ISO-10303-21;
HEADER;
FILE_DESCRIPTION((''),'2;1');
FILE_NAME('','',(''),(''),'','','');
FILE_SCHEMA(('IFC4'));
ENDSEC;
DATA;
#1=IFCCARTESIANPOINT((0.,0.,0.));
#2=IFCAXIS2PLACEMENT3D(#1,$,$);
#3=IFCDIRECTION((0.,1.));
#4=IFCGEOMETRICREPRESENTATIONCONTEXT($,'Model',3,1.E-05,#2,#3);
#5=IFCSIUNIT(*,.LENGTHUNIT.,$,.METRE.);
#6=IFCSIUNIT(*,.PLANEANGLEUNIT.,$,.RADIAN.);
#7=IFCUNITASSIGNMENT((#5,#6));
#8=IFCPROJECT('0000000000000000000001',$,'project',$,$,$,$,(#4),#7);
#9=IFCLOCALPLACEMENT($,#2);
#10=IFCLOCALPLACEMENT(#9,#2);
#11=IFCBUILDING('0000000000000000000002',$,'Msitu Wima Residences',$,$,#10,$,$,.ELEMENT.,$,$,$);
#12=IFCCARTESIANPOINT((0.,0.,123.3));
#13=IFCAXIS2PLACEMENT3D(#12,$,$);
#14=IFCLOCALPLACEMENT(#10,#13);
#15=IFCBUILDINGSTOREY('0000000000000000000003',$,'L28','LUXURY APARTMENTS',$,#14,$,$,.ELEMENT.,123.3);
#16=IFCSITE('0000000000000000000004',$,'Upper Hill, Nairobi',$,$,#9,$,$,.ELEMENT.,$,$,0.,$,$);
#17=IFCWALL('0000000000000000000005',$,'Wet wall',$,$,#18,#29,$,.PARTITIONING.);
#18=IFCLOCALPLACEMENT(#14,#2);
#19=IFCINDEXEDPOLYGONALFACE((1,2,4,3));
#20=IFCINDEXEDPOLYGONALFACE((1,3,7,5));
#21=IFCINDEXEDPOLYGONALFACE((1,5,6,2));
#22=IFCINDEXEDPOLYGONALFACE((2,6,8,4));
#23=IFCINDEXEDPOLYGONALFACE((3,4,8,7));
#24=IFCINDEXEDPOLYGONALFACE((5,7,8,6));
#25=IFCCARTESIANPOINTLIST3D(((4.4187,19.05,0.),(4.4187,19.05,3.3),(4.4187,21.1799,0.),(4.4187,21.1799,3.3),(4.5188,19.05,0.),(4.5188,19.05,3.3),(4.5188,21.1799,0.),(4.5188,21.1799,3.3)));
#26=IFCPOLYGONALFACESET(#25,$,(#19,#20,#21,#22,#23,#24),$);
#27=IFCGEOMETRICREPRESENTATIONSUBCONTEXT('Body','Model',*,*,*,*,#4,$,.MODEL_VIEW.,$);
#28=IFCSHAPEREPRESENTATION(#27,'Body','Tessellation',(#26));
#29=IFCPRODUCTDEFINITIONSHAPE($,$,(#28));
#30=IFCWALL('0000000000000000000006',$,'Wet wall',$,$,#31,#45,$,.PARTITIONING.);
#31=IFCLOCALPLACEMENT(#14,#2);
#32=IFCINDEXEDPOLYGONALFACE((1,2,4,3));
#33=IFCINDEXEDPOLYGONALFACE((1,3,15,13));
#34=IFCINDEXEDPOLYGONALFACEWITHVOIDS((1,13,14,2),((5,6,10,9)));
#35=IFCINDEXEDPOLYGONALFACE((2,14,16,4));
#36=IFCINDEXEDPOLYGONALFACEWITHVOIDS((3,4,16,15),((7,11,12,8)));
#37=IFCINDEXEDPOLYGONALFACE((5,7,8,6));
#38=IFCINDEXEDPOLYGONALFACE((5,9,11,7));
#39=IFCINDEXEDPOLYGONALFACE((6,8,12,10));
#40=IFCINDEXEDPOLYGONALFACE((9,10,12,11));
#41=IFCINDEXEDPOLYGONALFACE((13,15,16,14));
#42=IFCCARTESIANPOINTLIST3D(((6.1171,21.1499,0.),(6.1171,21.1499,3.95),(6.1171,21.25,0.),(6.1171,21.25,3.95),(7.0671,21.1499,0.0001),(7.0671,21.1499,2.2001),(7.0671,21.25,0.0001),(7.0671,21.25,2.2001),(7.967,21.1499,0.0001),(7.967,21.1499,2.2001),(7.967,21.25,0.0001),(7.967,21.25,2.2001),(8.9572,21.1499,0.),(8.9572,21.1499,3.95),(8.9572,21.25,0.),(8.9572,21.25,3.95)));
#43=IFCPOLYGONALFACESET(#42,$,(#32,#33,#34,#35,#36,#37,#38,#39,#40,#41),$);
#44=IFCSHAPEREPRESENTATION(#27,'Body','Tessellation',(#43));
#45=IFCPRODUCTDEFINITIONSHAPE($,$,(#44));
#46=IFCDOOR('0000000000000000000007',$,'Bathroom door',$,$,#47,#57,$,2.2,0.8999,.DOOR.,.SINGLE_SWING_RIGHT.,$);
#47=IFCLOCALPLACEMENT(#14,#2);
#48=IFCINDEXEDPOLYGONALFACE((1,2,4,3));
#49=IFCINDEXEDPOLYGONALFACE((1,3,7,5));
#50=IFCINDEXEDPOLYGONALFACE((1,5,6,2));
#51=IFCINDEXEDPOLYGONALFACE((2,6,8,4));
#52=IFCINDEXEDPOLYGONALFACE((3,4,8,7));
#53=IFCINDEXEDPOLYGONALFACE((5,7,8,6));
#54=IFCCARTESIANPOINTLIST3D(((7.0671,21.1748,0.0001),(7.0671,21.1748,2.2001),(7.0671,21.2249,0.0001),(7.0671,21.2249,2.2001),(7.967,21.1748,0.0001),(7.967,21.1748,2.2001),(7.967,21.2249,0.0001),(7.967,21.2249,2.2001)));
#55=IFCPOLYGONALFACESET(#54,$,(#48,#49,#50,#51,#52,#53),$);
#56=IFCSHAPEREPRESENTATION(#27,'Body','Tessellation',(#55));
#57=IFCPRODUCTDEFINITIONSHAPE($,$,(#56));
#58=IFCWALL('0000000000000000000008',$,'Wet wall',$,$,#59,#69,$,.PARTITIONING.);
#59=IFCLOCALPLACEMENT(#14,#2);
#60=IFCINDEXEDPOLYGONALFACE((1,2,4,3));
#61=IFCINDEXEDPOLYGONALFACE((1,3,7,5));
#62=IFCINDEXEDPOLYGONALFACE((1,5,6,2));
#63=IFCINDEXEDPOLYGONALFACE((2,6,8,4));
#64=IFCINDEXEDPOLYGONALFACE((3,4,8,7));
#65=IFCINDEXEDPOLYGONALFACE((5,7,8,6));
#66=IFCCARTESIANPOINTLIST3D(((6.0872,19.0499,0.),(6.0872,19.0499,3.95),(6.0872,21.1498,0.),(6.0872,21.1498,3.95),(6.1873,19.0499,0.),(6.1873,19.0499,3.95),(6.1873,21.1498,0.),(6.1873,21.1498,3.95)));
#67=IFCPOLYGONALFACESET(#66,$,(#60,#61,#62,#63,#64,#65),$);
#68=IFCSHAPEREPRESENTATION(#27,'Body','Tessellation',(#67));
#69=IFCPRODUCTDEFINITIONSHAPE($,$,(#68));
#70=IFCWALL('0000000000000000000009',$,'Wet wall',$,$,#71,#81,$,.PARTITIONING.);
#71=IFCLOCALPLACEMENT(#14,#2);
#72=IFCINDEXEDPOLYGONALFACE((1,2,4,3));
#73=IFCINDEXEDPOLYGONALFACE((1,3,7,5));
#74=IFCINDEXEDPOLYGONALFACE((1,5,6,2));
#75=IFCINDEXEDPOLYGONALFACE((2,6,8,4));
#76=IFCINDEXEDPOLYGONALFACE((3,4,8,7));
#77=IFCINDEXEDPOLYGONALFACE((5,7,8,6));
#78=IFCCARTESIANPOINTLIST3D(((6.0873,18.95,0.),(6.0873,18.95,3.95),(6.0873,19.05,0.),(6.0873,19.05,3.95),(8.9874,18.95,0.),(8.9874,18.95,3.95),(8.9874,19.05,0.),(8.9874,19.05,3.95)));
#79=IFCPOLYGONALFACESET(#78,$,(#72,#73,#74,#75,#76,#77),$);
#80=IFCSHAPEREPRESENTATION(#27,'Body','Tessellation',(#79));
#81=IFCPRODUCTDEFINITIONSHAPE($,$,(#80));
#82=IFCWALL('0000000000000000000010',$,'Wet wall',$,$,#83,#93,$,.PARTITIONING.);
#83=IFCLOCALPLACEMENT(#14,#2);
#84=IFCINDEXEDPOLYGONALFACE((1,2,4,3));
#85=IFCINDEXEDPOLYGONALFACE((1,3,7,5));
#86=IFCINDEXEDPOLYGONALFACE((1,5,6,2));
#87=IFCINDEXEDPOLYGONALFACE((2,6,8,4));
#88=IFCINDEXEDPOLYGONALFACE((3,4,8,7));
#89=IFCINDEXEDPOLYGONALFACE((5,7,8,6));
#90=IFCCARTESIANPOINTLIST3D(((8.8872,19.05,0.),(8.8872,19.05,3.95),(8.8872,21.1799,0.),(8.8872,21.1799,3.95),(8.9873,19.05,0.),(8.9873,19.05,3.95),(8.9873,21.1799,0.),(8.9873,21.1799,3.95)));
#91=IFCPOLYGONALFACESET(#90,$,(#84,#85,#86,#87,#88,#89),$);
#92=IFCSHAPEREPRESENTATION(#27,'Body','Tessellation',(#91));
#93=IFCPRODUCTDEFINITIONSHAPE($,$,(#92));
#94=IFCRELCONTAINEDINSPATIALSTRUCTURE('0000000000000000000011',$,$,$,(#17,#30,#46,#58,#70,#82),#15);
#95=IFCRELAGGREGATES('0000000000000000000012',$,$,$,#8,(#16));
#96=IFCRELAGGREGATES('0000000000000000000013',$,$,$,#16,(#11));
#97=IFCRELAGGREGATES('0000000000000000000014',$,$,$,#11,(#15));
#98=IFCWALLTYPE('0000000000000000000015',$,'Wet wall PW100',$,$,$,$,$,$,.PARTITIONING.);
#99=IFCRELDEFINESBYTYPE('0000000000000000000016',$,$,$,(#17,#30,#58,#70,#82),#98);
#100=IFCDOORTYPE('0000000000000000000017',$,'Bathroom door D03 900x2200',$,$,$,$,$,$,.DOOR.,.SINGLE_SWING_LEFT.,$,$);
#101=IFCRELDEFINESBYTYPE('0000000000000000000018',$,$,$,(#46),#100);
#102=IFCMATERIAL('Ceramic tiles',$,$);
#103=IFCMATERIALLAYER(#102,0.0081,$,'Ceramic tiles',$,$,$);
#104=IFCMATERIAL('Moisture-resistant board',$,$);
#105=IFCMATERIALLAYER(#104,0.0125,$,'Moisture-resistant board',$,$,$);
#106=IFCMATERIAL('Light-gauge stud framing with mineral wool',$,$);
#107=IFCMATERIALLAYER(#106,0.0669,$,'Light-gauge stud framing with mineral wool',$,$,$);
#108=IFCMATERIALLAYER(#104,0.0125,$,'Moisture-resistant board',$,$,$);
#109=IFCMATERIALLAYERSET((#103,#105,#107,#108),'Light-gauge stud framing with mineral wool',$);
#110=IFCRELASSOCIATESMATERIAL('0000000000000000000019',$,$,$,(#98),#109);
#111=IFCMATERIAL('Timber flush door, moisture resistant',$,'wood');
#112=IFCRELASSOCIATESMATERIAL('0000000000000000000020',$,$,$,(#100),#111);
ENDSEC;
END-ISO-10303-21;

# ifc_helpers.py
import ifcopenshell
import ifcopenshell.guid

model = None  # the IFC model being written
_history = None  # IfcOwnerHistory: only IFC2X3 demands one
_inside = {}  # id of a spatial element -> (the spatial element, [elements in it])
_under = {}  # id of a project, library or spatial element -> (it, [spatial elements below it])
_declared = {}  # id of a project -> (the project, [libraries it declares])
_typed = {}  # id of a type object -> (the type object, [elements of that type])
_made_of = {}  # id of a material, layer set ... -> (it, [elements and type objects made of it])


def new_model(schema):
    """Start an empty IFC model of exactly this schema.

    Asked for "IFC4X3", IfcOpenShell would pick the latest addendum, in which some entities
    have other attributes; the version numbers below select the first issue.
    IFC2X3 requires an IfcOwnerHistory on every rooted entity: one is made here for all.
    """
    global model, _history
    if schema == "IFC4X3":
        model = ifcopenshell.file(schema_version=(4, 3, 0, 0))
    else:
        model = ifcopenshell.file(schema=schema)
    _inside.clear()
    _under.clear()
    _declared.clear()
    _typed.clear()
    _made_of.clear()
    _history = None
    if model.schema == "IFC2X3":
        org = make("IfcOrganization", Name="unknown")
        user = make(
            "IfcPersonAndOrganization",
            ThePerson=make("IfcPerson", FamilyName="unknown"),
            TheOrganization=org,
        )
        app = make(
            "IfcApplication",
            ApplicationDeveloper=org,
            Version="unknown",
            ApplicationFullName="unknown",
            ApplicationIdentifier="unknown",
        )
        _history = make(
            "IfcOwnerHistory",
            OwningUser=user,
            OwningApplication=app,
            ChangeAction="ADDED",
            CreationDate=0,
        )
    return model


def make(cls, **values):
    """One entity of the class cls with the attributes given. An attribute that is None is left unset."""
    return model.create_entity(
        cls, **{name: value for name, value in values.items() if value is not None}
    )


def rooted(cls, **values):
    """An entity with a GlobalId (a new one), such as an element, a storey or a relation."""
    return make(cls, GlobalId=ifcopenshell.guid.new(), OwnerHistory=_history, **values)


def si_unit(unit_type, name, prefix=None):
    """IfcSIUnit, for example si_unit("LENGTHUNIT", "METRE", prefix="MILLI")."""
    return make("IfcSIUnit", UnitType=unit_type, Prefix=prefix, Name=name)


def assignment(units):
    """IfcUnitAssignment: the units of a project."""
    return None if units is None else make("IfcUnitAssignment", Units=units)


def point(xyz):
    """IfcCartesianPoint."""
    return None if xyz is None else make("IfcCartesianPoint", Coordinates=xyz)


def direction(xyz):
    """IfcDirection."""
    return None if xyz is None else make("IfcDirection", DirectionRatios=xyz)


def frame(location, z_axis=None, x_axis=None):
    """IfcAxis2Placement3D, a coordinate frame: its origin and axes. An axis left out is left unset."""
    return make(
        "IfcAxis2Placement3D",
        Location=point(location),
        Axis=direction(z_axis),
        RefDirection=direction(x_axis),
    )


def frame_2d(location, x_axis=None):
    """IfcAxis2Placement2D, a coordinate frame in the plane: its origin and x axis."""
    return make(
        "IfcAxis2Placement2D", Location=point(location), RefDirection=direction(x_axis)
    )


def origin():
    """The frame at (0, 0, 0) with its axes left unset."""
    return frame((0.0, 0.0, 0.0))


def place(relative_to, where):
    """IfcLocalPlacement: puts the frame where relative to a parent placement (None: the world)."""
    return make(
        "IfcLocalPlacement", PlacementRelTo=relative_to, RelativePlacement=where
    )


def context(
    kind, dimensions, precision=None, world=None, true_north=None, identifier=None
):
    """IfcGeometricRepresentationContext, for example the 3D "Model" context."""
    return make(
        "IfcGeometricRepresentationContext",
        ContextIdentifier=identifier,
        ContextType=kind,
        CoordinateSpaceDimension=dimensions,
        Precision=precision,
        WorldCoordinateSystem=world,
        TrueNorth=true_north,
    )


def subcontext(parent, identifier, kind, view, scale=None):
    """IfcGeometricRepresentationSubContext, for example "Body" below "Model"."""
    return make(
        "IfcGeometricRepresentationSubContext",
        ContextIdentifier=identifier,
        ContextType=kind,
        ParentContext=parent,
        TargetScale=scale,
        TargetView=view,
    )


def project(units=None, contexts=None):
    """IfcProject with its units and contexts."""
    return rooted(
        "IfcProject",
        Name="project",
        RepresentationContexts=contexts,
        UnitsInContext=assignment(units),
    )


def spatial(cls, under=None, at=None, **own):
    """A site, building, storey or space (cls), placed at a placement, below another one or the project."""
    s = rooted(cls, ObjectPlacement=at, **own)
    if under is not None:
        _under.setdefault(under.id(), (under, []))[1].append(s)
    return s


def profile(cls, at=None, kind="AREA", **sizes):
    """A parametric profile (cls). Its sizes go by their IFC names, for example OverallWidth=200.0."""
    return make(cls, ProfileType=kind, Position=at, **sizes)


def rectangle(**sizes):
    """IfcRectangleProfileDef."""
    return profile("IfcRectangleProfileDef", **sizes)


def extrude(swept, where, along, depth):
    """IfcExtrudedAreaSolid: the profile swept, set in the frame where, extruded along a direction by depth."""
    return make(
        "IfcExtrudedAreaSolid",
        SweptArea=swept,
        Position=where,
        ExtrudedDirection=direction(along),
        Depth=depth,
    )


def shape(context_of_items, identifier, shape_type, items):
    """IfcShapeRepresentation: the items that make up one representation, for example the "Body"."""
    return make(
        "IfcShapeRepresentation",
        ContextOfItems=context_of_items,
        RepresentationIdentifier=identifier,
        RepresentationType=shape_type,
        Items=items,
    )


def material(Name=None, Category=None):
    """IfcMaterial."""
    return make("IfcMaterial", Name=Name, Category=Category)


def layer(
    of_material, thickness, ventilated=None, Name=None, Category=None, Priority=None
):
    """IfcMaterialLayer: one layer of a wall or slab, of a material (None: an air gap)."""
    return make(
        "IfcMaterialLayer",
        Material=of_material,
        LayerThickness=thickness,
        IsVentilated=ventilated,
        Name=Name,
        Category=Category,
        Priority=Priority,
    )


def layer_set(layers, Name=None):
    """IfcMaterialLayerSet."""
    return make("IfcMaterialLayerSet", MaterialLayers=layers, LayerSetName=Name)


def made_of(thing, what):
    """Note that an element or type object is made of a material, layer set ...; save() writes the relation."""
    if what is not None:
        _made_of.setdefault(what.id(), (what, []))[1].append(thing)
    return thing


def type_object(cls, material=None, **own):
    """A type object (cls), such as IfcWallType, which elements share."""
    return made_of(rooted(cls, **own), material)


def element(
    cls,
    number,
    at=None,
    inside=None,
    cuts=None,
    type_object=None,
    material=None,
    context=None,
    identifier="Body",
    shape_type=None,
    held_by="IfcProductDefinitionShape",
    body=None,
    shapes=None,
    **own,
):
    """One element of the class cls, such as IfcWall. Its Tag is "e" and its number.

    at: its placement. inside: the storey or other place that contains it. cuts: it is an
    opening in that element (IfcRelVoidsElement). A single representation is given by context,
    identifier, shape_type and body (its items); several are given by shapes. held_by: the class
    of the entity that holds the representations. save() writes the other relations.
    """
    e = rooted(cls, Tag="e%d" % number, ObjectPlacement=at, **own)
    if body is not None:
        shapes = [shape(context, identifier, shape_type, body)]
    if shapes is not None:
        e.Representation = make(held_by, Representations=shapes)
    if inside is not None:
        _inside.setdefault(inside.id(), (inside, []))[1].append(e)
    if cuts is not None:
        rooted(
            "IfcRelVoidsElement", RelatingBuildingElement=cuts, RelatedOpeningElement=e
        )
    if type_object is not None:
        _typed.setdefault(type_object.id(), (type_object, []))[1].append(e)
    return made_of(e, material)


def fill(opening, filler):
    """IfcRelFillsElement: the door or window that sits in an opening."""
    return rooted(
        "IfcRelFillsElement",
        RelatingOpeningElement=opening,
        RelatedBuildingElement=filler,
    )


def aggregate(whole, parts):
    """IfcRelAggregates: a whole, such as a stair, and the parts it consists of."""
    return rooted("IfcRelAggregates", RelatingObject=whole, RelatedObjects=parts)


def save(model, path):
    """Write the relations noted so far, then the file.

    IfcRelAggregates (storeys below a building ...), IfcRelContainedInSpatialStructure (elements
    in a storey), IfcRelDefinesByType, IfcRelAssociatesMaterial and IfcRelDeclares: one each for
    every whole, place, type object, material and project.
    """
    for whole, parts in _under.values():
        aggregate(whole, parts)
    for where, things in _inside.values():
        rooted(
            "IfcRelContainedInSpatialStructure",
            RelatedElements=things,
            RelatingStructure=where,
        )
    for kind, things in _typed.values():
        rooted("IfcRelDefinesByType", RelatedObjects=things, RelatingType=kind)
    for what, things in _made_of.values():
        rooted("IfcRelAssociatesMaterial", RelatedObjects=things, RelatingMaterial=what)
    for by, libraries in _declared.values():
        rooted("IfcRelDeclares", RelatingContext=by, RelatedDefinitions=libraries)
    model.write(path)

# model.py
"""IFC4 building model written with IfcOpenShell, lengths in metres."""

from ifc_helpers import new_model, si_unit, direction, frame, frame_2d, origin, place, context, subcontext, project, spatial, rectangle, extrude, material, layer, layer_set, type_object, element, fill, save


model = new_model("IFC4")

# Units and contexts
model_context = context("Model", 3, precision=1e-05, world=origin(), true_north=direction((0.0, 1.0)))
body_context = subcontext(model_context, "Body", "Model", "MODEL_VIEW")
ifc_project = project(units=[si_unit("LENGTHUNIT", "METRE"), si_unit("PLANEANGLEUNIT", "RADIAN")], contexts=[model_context])

# Site, building, storey
site_placement = place(None, origin())
site = spatial("IfcSite", under=ifc_project, at=site_placement, Name="Upper Hill, Nairobi", CompositionType="ELEMENT", RefElevation=0.0)
building_placement = place(site_placement, origin())
building = spatial("IfcBuilding", under=site, at=building_placement, Name="Msitu Wima Residences", CompositionType="ELEMENT")
storey_placement = place(building_placement, frame((0.0, 0.0, 123.3)))
storey = spatial("IfcBuildingStorey", under=building, at=storey_placement, Name="L28", Description="LUXURY APARTMENTS", CompositionType="ELEMENT", Elevation=123.3)

# Shared definitions
ifc_material_1 = material(Name="Ceramic tiles")
ifc_layer_1 = layer(ifc_material_1, 0.0081, Name="Ceramic tiles")
ifc_material_2 = material(Name="Moisture-resistant board")
ifc_layer_2 = layer(ifc_material_2, 0.0125, Name="Moisture-resistant board")
ifc_material_3 = material(Name="Light-gauge stud framing with mineral wool")
ifc_layer_3 = layer(ifc_material_3, 0.0669, Name="Light-gauge stud framing with mineral wool")
ifc_layer_4 = layer(ifc_material_2, 0.0125, Name="Moisture-resistant board")
ifc_layer_set_1 = layer_set([ifc_layer_1, ifc_layer_2, ifc_layer_3, ifc_layer_4], Name="Light-gauge stud framing with mineral wool")
wall_type_1 = type_object("IfcWallType", Name="Wet wall PW100", PredefinedType="PARTITIONING", material=ifc_layer_set_1)
ifc_material_4 = material(Name="Timber flush door, moisture resistant", Category="wood")
door_type_1 = type_object("IfcDoorType", Name="Bathroom door D03 900x2200", OperationType="SINGLE_SWING_LEFT", PredefinedType="DOOR", material=ifc_material_4)

# Wall
wall_1_placement = place(storey_placement, frame((4.4688, 19.05, 0.0), z_axis=(0.0, 0.0, 1.0), x_axis=(0.0, 1.0, 0.0)))
element("IfcWall", 1, at=wall_1_placement, inside=storey, type_object=wall_type_1, Name="Wet wall", PredefinedType="PARTITIONING", context=body_context, shape_type="SweptSolid", body=[
    extrude(rectangle(XDim=2.1299, YDim=0.1001, at=frame_2d((1.0649, 0.0))), origin(), (0.0, 0.0, 1.0), 3.3),
])

# Wall, opening, door
wall_2_placement = place(storey_placement, frame((6.1172, 21.2, 0.0), z_axis=(0.0, 0.0, 1.0), x_axis=(1.0, 0.0, 0.0)))
wall_2 = element("IfcWall", 2, at=wall_2_placement, inside=storey, type_object=wall_type_1, Name="Wet wall", PredefinedType="PARTITIONING", context=body_context, shape_type="SweptSolid", body=[
    extrude(rectangle(XDim=2.8401, YDim=0.1001, at=frame_2d((1.4199, 0.0))), origin(), (0.0, 0.0, 1.0), 3.95),
])
opening_1_placement = place(wall_2_placement, frame((0.95, 0.0, 0.0)))
opening_1 = element("IfcOpeningElement", 3, at=opening_1_placement, cuts=wall_2, PredefinedType="OPENING", context=body_context, shape_type="SweptSolid", body=[
    extrude(rectangle(XDim=0.8999, YDim=2.2, at=frame_2d((0.45, 1.1001))), frame((0.0, 0.0601, 0.0), z_axis=(0.0, -1.0, 0.0), x_axis=(1.0, 0.0, 0.0)), (0.0, 0.0, 1.0), 0.1201),
])
door_1_placement = place(opening_1_placement, origin())
door_1 = element("IfcDoor", 4, at=door_1_placement, inside=storey, type_object=door_type_1, Name="Bathroom door", OperationType="SINGLE_SWING_RIGHT", OverallHeight=2.2, OverallWidth=0.8999, PredefinedType="DOOR", context=body_context, shape_type="SweptSolid", body=[
    extrude(rectangle(XDim=0.8999, YDim=2.2, at=frame_2d((0.45, 1.1001))), frame((0.0, 0.0249, 0.0), z_axis=(0.0, -1.0, 0.0), x_axis=(1.0, 0.0, 0.0)), (0.0, 0.0, 1.0), 0.05),
])
fill(opening_1, door_1)

# Walls
wall_3_placement = place(storey_placement, frame((6.1372, 19.05, 0.0), z_axis=(0.0, 0.0, 1.0), x_axis=(0.0, 1.0, 0.0)))
element("IfcWall", 5, at=wall_3_placement, inside=storey, type_object=wall_type_1, Name="Wet wall", PredefinedType="PARTITIONING", context=body_context, shape_type="SweptSolid", body=[
    extrude(rectangle(XDim=2.0999, YDim=0.1001, at=frame_2d((1.0498, 0.0))), origin(), (0.0, 0.0, 1.0), 3.95),
])
wall_4_placement = place(storey_placement, frame((6.0872, 19.0, 0.0), z_axis=(0.0, 0.0, 1.0), x_axis=(1.0, 0.0, 0.0)))
element("IfcWall", 6, at=wall_4_placement, inside=storey, type_object=wall_type_1, Name="Wet wall", PredefinedType="PARTITIONING", context=body_context, shape_type="SweptSolid", body=[
    extrude(rectangle(XDim=2.9001, YDim=0.1001, at=frame_2d((1.4502, 0.0))), origin(), (0.0, 0.0, 1.0), 3.95),
])
wall_5_placement = place(storey_placement, frame((8.9373, 19.05, 0.0), z_axis=(0.0, 0.0, 1.0), x_axis=(0.0, 1.0, 0.0)))
element("IfcWall", 7, at=wall_5_placement, inside=storey, type_object=wall_type_1, Name="Wet wall", PredefinedType="PARTITIONING", context=body_context, shape_type="SweptSolid", body=[
    extrude(rectangle(XDim=2.1299, YDim=0.1001, at=frame_2d((1.0649, 0.0))), origin(), (0.0, 0.0, 1.0), 3.95),
])

save(model, "model.ifc")
